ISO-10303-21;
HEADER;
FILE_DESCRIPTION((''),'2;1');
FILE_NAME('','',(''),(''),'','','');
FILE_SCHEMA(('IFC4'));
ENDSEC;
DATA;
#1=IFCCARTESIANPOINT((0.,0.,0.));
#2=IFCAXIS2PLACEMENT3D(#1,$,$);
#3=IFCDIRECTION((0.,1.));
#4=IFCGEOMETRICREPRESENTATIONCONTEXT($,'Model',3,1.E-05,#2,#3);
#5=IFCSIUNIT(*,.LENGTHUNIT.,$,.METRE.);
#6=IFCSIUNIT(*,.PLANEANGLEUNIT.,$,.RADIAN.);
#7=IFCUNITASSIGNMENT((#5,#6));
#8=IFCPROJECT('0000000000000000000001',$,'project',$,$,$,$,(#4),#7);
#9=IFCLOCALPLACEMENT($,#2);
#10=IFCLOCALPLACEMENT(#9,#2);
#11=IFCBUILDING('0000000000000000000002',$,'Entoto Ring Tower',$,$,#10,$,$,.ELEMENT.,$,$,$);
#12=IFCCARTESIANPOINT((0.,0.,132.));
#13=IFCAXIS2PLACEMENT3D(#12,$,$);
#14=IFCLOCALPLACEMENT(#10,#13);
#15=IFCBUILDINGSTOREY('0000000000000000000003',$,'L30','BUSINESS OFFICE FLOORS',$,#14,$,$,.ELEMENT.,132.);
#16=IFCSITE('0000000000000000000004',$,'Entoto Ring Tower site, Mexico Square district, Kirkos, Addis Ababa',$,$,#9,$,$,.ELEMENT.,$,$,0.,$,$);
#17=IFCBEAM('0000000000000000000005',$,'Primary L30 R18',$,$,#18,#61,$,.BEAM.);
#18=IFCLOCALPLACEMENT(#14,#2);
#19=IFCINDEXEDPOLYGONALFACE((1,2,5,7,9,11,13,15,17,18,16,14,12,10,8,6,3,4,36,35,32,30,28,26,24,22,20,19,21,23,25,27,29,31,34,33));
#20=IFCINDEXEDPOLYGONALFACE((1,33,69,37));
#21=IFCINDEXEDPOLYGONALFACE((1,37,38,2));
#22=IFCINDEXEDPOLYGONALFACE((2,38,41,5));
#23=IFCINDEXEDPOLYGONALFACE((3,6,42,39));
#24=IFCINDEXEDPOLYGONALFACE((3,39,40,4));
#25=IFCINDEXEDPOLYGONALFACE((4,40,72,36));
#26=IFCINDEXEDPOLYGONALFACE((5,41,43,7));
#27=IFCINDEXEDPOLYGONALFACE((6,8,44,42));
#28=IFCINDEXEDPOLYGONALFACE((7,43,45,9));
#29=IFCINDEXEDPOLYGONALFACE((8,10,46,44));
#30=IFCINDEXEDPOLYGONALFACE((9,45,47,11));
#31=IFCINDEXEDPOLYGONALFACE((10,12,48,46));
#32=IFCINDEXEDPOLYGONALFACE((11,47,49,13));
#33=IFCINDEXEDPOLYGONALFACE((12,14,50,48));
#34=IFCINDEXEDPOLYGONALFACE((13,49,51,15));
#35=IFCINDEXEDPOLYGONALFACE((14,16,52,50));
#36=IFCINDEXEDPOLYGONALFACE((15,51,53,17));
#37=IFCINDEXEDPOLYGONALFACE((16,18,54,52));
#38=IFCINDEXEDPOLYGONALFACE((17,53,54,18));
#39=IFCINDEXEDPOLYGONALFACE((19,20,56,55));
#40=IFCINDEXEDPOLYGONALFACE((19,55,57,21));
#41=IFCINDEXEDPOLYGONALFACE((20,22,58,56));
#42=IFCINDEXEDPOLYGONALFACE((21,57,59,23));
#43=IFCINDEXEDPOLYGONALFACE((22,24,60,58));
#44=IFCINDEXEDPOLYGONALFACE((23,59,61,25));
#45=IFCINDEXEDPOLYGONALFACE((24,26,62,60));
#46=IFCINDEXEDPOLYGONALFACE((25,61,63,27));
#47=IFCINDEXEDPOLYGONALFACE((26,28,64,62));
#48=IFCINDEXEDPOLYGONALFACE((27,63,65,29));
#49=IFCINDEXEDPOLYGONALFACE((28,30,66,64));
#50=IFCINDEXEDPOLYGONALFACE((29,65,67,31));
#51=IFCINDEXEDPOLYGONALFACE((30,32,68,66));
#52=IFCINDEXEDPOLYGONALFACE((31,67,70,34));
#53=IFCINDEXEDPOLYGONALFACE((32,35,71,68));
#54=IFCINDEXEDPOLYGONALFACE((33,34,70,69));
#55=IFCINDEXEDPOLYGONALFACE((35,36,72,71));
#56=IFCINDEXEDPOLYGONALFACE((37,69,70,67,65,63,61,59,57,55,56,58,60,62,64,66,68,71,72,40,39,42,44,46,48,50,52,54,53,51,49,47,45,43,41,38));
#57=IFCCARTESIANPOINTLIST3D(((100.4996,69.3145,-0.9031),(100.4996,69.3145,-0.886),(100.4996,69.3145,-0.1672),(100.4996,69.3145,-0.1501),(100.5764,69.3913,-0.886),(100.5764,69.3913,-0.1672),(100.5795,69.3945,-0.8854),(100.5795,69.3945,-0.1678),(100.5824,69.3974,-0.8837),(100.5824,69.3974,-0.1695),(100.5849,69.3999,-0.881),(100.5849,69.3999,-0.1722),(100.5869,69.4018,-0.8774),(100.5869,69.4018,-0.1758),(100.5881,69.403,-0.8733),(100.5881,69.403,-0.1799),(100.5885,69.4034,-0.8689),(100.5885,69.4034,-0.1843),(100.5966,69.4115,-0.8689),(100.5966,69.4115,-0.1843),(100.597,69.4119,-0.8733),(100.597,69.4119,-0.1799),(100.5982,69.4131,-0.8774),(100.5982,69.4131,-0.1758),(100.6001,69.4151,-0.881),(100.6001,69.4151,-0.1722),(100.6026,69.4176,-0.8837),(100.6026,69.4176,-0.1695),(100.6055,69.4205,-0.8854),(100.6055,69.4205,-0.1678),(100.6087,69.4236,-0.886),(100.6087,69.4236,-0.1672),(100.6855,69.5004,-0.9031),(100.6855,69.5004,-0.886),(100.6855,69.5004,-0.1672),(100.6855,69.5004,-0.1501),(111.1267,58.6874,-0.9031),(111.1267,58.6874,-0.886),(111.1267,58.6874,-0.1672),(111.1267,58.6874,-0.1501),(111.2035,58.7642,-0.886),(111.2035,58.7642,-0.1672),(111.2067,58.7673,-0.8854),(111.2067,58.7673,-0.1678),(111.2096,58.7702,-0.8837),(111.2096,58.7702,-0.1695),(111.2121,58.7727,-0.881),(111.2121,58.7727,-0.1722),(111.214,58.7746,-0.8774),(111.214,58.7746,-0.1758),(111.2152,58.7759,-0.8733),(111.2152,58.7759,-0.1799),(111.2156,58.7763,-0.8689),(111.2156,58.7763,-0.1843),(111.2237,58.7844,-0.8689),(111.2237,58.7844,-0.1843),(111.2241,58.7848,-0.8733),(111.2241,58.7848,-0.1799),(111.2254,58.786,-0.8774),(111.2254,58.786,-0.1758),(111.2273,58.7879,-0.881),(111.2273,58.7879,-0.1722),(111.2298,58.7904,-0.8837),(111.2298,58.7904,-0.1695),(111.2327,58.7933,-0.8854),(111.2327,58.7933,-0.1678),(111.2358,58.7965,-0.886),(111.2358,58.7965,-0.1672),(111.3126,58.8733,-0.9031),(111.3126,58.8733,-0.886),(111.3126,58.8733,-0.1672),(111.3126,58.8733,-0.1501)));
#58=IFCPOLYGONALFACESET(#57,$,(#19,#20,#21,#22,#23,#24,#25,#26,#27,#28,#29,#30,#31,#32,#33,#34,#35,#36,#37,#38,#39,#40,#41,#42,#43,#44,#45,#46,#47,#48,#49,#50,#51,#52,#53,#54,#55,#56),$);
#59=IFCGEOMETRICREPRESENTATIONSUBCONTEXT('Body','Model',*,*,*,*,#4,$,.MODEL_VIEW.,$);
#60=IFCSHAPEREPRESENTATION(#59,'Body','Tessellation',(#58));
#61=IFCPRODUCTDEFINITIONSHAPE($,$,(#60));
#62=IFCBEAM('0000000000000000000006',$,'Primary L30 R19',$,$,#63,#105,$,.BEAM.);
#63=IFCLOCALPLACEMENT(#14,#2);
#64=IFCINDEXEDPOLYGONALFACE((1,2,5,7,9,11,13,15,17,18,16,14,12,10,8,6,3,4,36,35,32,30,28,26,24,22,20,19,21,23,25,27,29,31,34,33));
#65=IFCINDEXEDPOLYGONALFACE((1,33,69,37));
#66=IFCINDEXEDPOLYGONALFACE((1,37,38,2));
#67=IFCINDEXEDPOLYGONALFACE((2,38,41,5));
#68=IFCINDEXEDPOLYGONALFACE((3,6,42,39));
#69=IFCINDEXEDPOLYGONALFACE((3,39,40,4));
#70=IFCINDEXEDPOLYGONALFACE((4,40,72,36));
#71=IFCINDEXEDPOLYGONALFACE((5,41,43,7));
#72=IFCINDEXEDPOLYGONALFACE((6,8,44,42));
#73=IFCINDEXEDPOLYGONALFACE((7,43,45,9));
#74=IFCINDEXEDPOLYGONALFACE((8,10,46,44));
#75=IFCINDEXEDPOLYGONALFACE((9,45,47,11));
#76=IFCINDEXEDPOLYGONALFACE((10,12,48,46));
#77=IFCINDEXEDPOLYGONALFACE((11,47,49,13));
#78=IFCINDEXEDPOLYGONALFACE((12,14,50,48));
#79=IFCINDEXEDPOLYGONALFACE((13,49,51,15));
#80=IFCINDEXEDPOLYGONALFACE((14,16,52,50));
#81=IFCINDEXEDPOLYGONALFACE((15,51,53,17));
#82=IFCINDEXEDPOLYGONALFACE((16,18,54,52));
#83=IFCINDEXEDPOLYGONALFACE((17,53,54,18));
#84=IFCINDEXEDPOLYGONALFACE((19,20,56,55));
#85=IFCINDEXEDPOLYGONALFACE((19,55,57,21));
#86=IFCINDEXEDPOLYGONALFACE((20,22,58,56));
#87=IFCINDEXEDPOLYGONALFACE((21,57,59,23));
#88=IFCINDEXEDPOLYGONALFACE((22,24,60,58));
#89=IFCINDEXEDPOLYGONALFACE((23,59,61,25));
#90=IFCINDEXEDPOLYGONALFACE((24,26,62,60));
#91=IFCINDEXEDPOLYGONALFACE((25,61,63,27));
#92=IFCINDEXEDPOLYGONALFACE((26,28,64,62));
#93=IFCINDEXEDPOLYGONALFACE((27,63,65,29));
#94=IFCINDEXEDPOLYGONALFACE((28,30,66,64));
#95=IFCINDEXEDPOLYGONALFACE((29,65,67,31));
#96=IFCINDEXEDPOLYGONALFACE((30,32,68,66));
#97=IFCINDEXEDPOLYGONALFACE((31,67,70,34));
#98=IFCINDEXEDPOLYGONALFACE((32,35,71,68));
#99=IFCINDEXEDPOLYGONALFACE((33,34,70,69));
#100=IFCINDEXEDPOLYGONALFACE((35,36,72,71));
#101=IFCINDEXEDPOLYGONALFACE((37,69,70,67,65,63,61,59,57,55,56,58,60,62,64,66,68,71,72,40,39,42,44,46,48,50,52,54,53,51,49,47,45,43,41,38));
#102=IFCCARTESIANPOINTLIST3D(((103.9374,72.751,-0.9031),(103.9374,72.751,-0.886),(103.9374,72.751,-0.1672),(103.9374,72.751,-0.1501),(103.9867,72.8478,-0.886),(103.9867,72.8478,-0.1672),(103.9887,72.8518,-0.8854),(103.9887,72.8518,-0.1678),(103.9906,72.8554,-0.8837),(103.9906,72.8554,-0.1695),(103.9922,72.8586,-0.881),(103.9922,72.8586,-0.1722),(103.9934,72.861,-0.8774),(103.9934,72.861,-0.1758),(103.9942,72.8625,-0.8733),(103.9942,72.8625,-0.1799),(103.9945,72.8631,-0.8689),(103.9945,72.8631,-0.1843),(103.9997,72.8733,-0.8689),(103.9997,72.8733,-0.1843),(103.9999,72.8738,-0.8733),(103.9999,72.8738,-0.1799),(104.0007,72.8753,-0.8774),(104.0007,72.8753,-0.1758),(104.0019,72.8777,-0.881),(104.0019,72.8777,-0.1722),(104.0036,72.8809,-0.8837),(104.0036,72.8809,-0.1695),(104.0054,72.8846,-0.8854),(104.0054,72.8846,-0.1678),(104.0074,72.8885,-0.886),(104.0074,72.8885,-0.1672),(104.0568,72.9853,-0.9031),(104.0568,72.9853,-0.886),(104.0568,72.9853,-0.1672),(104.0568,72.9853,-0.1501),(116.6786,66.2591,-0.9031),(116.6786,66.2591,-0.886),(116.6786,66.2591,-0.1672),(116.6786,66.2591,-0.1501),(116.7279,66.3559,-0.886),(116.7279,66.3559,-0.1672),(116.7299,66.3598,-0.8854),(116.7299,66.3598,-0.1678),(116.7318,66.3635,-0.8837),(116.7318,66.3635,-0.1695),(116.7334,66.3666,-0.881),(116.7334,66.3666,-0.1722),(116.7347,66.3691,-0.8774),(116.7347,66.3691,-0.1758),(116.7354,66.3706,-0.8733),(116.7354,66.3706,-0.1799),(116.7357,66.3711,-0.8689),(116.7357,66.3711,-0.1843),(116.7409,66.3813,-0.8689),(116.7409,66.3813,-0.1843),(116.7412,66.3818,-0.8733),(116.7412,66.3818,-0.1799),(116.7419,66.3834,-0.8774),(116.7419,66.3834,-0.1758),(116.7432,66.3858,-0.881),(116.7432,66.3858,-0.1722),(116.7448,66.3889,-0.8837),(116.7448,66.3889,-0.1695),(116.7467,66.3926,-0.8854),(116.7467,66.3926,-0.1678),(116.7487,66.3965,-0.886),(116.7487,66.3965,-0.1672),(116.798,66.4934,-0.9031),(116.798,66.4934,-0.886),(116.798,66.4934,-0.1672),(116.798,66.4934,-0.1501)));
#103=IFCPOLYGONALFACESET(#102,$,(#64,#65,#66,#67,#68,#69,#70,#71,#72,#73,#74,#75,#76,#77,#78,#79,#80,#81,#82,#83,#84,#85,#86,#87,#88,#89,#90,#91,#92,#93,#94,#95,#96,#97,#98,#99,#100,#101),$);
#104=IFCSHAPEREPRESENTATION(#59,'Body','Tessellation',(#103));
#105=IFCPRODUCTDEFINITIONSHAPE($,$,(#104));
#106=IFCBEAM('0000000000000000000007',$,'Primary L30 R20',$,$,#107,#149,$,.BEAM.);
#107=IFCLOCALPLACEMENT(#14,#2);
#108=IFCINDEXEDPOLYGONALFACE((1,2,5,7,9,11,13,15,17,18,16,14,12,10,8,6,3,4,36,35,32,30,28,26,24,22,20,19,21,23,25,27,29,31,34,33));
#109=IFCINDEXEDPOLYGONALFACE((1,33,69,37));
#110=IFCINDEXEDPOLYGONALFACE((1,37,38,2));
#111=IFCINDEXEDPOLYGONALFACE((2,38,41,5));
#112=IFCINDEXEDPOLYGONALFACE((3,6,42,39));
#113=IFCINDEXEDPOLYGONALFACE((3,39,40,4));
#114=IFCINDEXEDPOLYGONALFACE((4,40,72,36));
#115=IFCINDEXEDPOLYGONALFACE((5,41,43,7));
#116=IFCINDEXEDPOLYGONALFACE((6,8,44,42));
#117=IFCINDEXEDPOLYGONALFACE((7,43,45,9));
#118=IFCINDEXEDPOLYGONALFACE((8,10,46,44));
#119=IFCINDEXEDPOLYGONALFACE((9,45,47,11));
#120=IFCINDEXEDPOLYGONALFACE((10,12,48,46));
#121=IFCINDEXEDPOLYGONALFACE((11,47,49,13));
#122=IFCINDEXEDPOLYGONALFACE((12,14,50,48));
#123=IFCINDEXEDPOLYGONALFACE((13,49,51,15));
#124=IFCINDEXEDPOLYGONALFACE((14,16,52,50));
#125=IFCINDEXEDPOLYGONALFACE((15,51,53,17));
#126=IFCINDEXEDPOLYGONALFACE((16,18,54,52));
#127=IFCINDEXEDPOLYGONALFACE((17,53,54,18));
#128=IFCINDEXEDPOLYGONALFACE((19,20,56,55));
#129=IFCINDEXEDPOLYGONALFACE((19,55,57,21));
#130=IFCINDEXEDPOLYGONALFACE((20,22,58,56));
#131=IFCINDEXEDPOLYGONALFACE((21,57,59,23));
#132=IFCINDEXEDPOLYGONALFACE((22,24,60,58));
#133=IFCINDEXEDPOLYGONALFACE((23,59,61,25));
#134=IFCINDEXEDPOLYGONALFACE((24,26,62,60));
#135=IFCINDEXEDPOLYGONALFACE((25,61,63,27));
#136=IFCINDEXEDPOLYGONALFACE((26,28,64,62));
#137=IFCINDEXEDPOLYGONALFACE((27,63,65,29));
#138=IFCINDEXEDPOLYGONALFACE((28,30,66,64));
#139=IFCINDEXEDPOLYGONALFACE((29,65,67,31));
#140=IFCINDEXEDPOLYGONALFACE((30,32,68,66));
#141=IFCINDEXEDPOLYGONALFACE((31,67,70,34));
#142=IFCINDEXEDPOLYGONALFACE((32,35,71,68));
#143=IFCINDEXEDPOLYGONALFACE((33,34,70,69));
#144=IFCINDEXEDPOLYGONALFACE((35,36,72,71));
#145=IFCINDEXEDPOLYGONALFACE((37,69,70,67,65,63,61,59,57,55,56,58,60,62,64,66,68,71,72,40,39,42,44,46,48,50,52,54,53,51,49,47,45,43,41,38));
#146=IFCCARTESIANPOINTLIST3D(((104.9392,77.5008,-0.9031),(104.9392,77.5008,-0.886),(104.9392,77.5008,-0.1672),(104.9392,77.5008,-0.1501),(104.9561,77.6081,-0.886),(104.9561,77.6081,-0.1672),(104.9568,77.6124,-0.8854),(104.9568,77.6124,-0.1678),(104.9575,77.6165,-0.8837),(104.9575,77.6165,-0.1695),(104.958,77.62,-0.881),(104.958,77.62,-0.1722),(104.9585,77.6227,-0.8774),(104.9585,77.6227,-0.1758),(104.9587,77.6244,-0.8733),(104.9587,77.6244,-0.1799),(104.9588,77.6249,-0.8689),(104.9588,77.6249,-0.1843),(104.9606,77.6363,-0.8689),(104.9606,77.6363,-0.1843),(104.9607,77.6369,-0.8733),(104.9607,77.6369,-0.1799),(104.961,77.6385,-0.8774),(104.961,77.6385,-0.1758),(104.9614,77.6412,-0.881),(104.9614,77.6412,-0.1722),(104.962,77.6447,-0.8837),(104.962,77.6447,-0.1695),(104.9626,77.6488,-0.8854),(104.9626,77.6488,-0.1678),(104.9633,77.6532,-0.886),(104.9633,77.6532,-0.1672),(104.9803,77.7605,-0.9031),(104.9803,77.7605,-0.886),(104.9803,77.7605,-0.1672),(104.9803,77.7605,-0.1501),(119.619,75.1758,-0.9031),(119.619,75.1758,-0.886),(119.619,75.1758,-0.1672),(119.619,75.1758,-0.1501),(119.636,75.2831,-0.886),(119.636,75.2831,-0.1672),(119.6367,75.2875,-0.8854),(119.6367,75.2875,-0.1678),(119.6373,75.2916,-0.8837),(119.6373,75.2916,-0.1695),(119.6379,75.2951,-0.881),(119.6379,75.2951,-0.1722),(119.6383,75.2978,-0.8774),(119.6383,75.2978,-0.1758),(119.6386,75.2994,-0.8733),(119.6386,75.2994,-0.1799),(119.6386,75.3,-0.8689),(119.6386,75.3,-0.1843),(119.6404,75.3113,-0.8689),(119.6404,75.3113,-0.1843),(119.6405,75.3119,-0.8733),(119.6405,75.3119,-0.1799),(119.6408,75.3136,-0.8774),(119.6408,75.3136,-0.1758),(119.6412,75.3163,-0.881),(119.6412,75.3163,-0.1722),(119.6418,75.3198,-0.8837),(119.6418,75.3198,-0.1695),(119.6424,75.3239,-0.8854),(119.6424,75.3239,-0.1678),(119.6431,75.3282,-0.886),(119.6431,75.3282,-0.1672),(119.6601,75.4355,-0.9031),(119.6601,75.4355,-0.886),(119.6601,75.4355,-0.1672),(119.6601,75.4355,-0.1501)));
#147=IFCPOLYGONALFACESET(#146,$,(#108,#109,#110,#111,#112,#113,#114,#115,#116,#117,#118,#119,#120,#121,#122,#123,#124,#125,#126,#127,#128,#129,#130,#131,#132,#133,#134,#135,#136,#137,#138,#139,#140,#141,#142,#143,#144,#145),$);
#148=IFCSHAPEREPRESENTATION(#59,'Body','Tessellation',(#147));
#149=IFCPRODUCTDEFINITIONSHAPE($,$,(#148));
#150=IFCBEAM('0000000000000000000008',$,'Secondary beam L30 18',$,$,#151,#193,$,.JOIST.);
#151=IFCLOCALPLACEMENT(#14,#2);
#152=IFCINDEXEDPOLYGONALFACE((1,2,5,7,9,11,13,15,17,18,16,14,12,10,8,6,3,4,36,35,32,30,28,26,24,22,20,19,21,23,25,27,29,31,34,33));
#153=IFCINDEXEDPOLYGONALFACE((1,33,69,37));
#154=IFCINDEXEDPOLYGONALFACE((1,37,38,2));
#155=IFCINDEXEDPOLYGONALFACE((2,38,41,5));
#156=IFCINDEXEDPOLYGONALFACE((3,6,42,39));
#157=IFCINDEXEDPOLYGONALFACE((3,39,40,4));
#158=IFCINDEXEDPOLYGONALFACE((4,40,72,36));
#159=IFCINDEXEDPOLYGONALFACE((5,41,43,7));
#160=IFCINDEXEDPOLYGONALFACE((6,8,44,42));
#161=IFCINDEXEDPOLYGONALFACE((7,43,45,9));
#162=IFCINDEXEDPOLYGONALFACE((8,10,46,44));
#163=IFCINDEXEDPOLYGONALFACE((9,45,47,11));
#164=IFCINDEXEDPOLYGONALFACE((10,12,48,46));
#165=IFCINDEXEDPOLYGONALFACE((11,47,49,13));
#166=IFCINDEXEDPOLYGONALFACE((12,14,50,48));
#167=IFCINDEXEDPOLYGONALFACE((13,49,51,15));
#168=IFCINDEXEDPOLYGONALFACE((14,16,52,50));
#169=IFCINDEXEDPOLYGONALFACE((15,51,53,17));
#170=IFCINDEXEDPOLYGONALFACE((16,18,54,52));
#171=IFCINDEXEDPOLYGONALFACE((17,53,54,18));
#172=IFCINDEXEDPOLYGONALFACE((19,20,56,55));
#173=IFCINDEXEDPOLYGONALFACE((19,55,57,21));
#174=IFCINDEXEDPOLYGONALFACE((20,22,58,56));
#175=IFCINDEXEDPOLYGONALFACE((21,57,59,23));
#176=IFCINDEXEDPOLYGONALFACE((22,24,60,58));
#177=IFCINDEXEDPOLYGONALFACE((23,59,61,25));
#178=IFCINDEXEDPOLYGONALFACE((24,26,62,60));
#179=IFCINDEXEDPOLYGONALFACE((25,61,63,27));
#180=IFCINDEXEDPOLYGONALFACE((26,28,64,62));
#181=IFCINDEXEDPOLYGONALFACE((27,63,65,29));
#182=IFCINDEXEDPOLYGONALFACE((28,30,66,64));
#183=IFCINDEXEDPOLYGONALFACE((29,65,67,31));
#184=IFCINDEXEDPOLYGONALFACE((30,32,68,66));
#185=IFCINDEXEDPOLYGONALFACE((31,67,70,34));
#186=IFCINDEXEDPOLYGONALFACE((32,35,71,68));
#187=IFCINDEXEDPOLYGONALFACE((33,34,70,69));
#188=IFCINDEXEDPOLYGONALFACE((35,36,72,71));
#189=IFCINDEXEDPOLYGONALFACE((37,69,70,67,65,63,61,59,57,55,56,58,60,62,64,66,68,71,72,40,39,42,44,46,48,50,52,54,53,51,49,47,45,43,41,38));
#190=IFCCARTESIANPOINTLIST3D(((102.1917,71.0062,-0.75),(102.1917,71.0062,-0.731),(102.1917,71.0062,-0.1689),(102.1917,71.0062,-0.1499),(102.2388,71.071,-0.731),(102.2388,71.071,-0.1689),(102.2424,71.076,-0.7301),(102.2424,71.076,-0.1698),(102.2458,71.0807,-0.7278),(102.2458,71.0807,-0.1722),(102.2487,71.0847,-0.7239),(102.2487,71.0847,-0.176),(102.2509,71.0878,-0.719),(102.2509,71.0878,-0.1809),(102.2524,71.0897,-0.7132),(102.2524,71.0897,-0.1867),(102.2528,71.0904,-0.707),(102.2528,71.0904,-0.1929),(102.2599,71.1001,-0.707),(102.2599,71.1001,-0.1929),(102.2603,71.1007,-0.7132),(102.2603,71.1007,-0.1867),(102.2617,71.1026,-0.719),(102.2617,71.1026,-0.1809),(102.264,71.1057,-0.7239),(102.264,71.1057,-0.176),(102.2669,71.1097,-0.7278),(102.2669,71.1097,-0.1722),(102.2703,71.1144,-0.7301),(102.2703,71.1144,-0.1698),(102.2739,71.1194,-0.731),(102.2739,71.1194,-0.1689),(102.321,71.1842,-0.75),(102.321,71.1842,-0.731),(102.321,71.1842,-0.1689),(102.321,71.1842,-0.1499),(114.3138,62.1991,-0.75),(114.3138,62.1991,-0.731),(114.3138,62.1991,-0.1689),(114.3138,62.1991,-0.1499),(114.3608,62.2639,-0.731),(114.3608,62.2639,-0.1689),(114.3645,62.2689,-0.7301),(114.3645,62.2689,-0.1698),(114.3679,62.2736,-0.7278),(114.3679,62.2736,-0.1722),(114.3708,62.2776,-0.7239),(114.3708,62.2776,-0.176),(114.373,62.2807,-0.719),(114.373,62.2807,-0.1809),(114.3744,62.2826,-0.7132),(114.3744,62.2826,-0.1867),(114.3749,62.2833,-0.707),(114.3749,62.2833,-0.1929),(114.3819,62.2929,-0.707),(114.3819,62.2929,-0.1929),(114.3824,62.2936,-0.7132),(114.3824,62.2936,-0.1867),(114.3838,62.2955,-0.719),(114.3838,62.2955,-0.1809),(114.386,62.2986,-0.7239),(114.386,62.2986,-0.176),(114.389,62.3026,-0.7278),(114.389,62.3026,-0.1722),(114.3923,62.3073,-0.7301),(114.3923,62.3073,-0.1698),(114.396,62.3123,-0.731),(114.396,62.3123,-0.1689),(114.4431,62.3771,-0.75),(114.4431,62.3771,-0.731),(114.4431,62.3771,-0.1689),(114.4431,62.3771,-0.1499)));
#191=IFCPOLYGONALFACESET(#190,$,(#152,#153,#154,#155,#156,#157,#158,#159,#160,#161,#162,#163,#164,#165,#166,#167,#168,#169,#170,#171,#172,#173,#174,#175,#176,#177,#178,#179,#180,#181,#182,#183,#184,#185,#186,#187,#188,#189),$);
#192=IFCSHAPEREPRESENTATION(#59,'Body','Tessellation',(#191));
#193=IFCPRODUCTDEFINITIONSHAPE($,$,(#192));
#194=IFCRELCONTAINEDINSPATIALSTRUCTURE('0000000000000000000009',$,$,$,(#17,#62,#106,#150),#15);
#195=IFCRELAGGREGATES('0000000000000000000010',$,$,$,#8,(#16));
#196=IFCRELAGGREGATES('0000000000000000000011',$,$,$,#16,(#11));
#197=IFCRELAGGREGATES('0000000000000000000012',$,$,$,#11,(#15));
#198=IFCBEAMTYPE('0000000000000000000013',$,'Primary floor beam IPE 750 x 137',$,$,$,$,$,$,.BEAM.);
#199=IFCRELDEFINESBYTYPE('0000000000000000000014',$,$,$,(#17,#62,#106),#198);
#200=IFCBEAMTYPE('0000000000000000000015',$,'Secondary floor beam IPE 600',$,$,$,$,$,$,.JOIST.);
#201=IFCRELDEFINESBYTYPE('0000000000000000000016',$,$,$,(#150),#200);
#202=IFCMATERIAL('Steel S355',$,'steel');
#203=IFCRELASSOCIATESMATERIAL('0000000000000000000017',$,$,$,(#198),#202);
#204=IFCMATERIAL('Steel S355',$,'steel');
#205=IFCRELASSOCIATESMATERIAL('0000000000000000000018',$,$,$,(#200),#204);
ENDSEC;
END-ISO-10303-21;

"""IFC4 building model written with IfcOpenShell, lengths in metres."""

from ifc_helpers import new_model, si_unit, direction, frame, origin, origin_2d, place, context, subcontext, project, spatial, i_section, extrude, material, material_profile, profile_set, type_object, element, save


model = new_model("IFC4")

# Units and contexts
model_context = context("Model", 3, precision=1e-05, world=origin(), true_north=direction((0.0, 1.0)))
body_context = subcontext(model_context, "Body", "Model", "MODEL_VIEW")
ifc_project = project(units=[si_unit("LENGTHUNIT", "METRE"), si_unit("PLANEANGLEUNIT", "RADIAN")], contexts=[model_context])

# Site, building, storey
site_placement = place(None, origin())
site = spatial("IfcSite", under=ifc_project, at=site_placement, Name="Entoto Ring Tower site, Mexico Square district, Kirkos, Addis Ababa", CompositionType="ELEMENT", RefElevation=0.0)
building_placement = place(site_placement, origin())
building = spatial("IfcBuilding", under=site, at=building_placement, Name="Entoto Ring Tower", CompositionType="ELEMENT")
storey_placement = place(building_placement, frame((0.0, 0.0, 132.0)))
storey = spatial("IfcBuildingStorey", under=building, at=storey_placement, Name="L30", Description="BUSINESS OFFICE FLOORS", CompositionType="ELEMENT", Elevation=132.0)

# Beams
ifc_material_1 = material(Name="Steel S355", Category="steel")
ifc_material_profile_1 = material_profile(ifc_material_1, i_section(OverallWidth=0.2629, OverallDepth=0.7529, WebThickness=0.0115, FlangeThickness=0.0171, FilletRadius=0.0171, at=origin_2d()), Name="IPE 750 x 137")
ifc_profile_set_1 = profile_set([ifc_material_profile_1], Name="Steel S355")
beam_type_1 = type_object("IfcBeamType", Name="Primary floor beam IPE 750 x 137", PredefinedType="BEAM", material=ifc_profile_set_1)
beam_1_placement = place(storey_placement, frame((100.5925, 69.4075, -0.5266), z_axis=(0.707107, -0.707107, 0.0), x_axis=(0.707107, 0.707107, 0.0)))
element("IfcBeam", 1, at=beam_1_placement, inside=storey, type_object=beam_type_1, Name="Primary L30 R18", PredefinedType="BEAM", context=body_context, shape_type="SweptSolid", body=[
    extrude(i_section(OverallWidth=0.2629, OverallDepth=0.7529, WebThickness=0.0115, FlangeThickness=0.0171, FilletRadius=0.0171, at=origin_2d()), origin(), (0.0, 0.0, 1.0), 15.0291),
])
beam_2_placement = place(storey_placement, frame((103.9971, 72.8682, -0.5266), z_axis=(0.891007, -0.453989, 0.0), x_axis=(0.453989, 0.891007, 0.0)))
element("IfcBeam", 2, at=beam_2_placement, inside=storey, type_object=beam_type_1, Name="Primary L30 R19", PredefinedType="BEAM", context=body_context, shape_type="SweptSolid", body=[
    extrude(i_section(OverallWidth=0.2629, OverallDepth=0.7529, WebThickness=0.0115, FlangeThickness=0.0171, FilletRadius=0.0171, at=origin_2d()), origin(), (0.0, 0.0, 1.0), 14.2998),
])
beam_3_placement = place(storey_placement, frame((104.9597, 77.6306, -0.5266), z_axis=(0.98769, -0.156426, 0.0), x_axis=(0.156426, 0.98769, 0.0)))
element("IfcBeam", 3, at=beam_3_placement, inside=storey, type_object=beam_type_1, Name="Primary L30 R20", PredefinedType="BEAM", context=body_context, shape_type="SweptSolid", body=[
    extrude(i_section(OverallWidth=0.2629, OverallDepth=0.7529, WebThickness=0.0115, FlangeThickness=0.0171, FilletRadius=0.0171, at=origin_2d()), origin(), (0.0, 0.0, 1.0), 14.8628),
])
ifc_material_2 = material(Name="Steel S355", Category="steel")
ifc_material_profile_2 = material_profile(ifc_material_2, i_section(OverallWidth=0.22, OverallDepth=0.6001, WebThickness=0.012, FlangeThickness=0.019, FilletRadius=0.0239, at=origin_2d()), Name="IPE 600")
ifc_profile_set_2 = profile_set([ifc_material_profile_2], Name="Steel S355")
beam_type_2 = type_object("IfcBeamType", Name="Secondary floor beam IPE 600", PredefinedType="JOIST", material=ifc_profile_set_2)
beam_4_placement = place(storey_placement, frame((102.2563, 71.0952, -0.45), z_axis=(0.809019, -0.587782, 0.0), x_axis=(0.587782, 0.809019, 0.0)))
element("IfcBeam", 4, at=beam_4_placement, inside=storey, type_object=beam_type_2, Name="Secondary beam L30 18", PredefinedType="JOIST", context=body_context, shape_type="SweptSolid", body=[
    extrude(i_section(OverallWidth=0.22, OverallDepth=0.6001, WebThickness=0.012, FlangeThickness=0.019, FilletRadius=0.0239, at=origin_2d()), origin(), (0.0, 0.0, 1.0), 14.9836),
])

save(model, "model.ifc")
